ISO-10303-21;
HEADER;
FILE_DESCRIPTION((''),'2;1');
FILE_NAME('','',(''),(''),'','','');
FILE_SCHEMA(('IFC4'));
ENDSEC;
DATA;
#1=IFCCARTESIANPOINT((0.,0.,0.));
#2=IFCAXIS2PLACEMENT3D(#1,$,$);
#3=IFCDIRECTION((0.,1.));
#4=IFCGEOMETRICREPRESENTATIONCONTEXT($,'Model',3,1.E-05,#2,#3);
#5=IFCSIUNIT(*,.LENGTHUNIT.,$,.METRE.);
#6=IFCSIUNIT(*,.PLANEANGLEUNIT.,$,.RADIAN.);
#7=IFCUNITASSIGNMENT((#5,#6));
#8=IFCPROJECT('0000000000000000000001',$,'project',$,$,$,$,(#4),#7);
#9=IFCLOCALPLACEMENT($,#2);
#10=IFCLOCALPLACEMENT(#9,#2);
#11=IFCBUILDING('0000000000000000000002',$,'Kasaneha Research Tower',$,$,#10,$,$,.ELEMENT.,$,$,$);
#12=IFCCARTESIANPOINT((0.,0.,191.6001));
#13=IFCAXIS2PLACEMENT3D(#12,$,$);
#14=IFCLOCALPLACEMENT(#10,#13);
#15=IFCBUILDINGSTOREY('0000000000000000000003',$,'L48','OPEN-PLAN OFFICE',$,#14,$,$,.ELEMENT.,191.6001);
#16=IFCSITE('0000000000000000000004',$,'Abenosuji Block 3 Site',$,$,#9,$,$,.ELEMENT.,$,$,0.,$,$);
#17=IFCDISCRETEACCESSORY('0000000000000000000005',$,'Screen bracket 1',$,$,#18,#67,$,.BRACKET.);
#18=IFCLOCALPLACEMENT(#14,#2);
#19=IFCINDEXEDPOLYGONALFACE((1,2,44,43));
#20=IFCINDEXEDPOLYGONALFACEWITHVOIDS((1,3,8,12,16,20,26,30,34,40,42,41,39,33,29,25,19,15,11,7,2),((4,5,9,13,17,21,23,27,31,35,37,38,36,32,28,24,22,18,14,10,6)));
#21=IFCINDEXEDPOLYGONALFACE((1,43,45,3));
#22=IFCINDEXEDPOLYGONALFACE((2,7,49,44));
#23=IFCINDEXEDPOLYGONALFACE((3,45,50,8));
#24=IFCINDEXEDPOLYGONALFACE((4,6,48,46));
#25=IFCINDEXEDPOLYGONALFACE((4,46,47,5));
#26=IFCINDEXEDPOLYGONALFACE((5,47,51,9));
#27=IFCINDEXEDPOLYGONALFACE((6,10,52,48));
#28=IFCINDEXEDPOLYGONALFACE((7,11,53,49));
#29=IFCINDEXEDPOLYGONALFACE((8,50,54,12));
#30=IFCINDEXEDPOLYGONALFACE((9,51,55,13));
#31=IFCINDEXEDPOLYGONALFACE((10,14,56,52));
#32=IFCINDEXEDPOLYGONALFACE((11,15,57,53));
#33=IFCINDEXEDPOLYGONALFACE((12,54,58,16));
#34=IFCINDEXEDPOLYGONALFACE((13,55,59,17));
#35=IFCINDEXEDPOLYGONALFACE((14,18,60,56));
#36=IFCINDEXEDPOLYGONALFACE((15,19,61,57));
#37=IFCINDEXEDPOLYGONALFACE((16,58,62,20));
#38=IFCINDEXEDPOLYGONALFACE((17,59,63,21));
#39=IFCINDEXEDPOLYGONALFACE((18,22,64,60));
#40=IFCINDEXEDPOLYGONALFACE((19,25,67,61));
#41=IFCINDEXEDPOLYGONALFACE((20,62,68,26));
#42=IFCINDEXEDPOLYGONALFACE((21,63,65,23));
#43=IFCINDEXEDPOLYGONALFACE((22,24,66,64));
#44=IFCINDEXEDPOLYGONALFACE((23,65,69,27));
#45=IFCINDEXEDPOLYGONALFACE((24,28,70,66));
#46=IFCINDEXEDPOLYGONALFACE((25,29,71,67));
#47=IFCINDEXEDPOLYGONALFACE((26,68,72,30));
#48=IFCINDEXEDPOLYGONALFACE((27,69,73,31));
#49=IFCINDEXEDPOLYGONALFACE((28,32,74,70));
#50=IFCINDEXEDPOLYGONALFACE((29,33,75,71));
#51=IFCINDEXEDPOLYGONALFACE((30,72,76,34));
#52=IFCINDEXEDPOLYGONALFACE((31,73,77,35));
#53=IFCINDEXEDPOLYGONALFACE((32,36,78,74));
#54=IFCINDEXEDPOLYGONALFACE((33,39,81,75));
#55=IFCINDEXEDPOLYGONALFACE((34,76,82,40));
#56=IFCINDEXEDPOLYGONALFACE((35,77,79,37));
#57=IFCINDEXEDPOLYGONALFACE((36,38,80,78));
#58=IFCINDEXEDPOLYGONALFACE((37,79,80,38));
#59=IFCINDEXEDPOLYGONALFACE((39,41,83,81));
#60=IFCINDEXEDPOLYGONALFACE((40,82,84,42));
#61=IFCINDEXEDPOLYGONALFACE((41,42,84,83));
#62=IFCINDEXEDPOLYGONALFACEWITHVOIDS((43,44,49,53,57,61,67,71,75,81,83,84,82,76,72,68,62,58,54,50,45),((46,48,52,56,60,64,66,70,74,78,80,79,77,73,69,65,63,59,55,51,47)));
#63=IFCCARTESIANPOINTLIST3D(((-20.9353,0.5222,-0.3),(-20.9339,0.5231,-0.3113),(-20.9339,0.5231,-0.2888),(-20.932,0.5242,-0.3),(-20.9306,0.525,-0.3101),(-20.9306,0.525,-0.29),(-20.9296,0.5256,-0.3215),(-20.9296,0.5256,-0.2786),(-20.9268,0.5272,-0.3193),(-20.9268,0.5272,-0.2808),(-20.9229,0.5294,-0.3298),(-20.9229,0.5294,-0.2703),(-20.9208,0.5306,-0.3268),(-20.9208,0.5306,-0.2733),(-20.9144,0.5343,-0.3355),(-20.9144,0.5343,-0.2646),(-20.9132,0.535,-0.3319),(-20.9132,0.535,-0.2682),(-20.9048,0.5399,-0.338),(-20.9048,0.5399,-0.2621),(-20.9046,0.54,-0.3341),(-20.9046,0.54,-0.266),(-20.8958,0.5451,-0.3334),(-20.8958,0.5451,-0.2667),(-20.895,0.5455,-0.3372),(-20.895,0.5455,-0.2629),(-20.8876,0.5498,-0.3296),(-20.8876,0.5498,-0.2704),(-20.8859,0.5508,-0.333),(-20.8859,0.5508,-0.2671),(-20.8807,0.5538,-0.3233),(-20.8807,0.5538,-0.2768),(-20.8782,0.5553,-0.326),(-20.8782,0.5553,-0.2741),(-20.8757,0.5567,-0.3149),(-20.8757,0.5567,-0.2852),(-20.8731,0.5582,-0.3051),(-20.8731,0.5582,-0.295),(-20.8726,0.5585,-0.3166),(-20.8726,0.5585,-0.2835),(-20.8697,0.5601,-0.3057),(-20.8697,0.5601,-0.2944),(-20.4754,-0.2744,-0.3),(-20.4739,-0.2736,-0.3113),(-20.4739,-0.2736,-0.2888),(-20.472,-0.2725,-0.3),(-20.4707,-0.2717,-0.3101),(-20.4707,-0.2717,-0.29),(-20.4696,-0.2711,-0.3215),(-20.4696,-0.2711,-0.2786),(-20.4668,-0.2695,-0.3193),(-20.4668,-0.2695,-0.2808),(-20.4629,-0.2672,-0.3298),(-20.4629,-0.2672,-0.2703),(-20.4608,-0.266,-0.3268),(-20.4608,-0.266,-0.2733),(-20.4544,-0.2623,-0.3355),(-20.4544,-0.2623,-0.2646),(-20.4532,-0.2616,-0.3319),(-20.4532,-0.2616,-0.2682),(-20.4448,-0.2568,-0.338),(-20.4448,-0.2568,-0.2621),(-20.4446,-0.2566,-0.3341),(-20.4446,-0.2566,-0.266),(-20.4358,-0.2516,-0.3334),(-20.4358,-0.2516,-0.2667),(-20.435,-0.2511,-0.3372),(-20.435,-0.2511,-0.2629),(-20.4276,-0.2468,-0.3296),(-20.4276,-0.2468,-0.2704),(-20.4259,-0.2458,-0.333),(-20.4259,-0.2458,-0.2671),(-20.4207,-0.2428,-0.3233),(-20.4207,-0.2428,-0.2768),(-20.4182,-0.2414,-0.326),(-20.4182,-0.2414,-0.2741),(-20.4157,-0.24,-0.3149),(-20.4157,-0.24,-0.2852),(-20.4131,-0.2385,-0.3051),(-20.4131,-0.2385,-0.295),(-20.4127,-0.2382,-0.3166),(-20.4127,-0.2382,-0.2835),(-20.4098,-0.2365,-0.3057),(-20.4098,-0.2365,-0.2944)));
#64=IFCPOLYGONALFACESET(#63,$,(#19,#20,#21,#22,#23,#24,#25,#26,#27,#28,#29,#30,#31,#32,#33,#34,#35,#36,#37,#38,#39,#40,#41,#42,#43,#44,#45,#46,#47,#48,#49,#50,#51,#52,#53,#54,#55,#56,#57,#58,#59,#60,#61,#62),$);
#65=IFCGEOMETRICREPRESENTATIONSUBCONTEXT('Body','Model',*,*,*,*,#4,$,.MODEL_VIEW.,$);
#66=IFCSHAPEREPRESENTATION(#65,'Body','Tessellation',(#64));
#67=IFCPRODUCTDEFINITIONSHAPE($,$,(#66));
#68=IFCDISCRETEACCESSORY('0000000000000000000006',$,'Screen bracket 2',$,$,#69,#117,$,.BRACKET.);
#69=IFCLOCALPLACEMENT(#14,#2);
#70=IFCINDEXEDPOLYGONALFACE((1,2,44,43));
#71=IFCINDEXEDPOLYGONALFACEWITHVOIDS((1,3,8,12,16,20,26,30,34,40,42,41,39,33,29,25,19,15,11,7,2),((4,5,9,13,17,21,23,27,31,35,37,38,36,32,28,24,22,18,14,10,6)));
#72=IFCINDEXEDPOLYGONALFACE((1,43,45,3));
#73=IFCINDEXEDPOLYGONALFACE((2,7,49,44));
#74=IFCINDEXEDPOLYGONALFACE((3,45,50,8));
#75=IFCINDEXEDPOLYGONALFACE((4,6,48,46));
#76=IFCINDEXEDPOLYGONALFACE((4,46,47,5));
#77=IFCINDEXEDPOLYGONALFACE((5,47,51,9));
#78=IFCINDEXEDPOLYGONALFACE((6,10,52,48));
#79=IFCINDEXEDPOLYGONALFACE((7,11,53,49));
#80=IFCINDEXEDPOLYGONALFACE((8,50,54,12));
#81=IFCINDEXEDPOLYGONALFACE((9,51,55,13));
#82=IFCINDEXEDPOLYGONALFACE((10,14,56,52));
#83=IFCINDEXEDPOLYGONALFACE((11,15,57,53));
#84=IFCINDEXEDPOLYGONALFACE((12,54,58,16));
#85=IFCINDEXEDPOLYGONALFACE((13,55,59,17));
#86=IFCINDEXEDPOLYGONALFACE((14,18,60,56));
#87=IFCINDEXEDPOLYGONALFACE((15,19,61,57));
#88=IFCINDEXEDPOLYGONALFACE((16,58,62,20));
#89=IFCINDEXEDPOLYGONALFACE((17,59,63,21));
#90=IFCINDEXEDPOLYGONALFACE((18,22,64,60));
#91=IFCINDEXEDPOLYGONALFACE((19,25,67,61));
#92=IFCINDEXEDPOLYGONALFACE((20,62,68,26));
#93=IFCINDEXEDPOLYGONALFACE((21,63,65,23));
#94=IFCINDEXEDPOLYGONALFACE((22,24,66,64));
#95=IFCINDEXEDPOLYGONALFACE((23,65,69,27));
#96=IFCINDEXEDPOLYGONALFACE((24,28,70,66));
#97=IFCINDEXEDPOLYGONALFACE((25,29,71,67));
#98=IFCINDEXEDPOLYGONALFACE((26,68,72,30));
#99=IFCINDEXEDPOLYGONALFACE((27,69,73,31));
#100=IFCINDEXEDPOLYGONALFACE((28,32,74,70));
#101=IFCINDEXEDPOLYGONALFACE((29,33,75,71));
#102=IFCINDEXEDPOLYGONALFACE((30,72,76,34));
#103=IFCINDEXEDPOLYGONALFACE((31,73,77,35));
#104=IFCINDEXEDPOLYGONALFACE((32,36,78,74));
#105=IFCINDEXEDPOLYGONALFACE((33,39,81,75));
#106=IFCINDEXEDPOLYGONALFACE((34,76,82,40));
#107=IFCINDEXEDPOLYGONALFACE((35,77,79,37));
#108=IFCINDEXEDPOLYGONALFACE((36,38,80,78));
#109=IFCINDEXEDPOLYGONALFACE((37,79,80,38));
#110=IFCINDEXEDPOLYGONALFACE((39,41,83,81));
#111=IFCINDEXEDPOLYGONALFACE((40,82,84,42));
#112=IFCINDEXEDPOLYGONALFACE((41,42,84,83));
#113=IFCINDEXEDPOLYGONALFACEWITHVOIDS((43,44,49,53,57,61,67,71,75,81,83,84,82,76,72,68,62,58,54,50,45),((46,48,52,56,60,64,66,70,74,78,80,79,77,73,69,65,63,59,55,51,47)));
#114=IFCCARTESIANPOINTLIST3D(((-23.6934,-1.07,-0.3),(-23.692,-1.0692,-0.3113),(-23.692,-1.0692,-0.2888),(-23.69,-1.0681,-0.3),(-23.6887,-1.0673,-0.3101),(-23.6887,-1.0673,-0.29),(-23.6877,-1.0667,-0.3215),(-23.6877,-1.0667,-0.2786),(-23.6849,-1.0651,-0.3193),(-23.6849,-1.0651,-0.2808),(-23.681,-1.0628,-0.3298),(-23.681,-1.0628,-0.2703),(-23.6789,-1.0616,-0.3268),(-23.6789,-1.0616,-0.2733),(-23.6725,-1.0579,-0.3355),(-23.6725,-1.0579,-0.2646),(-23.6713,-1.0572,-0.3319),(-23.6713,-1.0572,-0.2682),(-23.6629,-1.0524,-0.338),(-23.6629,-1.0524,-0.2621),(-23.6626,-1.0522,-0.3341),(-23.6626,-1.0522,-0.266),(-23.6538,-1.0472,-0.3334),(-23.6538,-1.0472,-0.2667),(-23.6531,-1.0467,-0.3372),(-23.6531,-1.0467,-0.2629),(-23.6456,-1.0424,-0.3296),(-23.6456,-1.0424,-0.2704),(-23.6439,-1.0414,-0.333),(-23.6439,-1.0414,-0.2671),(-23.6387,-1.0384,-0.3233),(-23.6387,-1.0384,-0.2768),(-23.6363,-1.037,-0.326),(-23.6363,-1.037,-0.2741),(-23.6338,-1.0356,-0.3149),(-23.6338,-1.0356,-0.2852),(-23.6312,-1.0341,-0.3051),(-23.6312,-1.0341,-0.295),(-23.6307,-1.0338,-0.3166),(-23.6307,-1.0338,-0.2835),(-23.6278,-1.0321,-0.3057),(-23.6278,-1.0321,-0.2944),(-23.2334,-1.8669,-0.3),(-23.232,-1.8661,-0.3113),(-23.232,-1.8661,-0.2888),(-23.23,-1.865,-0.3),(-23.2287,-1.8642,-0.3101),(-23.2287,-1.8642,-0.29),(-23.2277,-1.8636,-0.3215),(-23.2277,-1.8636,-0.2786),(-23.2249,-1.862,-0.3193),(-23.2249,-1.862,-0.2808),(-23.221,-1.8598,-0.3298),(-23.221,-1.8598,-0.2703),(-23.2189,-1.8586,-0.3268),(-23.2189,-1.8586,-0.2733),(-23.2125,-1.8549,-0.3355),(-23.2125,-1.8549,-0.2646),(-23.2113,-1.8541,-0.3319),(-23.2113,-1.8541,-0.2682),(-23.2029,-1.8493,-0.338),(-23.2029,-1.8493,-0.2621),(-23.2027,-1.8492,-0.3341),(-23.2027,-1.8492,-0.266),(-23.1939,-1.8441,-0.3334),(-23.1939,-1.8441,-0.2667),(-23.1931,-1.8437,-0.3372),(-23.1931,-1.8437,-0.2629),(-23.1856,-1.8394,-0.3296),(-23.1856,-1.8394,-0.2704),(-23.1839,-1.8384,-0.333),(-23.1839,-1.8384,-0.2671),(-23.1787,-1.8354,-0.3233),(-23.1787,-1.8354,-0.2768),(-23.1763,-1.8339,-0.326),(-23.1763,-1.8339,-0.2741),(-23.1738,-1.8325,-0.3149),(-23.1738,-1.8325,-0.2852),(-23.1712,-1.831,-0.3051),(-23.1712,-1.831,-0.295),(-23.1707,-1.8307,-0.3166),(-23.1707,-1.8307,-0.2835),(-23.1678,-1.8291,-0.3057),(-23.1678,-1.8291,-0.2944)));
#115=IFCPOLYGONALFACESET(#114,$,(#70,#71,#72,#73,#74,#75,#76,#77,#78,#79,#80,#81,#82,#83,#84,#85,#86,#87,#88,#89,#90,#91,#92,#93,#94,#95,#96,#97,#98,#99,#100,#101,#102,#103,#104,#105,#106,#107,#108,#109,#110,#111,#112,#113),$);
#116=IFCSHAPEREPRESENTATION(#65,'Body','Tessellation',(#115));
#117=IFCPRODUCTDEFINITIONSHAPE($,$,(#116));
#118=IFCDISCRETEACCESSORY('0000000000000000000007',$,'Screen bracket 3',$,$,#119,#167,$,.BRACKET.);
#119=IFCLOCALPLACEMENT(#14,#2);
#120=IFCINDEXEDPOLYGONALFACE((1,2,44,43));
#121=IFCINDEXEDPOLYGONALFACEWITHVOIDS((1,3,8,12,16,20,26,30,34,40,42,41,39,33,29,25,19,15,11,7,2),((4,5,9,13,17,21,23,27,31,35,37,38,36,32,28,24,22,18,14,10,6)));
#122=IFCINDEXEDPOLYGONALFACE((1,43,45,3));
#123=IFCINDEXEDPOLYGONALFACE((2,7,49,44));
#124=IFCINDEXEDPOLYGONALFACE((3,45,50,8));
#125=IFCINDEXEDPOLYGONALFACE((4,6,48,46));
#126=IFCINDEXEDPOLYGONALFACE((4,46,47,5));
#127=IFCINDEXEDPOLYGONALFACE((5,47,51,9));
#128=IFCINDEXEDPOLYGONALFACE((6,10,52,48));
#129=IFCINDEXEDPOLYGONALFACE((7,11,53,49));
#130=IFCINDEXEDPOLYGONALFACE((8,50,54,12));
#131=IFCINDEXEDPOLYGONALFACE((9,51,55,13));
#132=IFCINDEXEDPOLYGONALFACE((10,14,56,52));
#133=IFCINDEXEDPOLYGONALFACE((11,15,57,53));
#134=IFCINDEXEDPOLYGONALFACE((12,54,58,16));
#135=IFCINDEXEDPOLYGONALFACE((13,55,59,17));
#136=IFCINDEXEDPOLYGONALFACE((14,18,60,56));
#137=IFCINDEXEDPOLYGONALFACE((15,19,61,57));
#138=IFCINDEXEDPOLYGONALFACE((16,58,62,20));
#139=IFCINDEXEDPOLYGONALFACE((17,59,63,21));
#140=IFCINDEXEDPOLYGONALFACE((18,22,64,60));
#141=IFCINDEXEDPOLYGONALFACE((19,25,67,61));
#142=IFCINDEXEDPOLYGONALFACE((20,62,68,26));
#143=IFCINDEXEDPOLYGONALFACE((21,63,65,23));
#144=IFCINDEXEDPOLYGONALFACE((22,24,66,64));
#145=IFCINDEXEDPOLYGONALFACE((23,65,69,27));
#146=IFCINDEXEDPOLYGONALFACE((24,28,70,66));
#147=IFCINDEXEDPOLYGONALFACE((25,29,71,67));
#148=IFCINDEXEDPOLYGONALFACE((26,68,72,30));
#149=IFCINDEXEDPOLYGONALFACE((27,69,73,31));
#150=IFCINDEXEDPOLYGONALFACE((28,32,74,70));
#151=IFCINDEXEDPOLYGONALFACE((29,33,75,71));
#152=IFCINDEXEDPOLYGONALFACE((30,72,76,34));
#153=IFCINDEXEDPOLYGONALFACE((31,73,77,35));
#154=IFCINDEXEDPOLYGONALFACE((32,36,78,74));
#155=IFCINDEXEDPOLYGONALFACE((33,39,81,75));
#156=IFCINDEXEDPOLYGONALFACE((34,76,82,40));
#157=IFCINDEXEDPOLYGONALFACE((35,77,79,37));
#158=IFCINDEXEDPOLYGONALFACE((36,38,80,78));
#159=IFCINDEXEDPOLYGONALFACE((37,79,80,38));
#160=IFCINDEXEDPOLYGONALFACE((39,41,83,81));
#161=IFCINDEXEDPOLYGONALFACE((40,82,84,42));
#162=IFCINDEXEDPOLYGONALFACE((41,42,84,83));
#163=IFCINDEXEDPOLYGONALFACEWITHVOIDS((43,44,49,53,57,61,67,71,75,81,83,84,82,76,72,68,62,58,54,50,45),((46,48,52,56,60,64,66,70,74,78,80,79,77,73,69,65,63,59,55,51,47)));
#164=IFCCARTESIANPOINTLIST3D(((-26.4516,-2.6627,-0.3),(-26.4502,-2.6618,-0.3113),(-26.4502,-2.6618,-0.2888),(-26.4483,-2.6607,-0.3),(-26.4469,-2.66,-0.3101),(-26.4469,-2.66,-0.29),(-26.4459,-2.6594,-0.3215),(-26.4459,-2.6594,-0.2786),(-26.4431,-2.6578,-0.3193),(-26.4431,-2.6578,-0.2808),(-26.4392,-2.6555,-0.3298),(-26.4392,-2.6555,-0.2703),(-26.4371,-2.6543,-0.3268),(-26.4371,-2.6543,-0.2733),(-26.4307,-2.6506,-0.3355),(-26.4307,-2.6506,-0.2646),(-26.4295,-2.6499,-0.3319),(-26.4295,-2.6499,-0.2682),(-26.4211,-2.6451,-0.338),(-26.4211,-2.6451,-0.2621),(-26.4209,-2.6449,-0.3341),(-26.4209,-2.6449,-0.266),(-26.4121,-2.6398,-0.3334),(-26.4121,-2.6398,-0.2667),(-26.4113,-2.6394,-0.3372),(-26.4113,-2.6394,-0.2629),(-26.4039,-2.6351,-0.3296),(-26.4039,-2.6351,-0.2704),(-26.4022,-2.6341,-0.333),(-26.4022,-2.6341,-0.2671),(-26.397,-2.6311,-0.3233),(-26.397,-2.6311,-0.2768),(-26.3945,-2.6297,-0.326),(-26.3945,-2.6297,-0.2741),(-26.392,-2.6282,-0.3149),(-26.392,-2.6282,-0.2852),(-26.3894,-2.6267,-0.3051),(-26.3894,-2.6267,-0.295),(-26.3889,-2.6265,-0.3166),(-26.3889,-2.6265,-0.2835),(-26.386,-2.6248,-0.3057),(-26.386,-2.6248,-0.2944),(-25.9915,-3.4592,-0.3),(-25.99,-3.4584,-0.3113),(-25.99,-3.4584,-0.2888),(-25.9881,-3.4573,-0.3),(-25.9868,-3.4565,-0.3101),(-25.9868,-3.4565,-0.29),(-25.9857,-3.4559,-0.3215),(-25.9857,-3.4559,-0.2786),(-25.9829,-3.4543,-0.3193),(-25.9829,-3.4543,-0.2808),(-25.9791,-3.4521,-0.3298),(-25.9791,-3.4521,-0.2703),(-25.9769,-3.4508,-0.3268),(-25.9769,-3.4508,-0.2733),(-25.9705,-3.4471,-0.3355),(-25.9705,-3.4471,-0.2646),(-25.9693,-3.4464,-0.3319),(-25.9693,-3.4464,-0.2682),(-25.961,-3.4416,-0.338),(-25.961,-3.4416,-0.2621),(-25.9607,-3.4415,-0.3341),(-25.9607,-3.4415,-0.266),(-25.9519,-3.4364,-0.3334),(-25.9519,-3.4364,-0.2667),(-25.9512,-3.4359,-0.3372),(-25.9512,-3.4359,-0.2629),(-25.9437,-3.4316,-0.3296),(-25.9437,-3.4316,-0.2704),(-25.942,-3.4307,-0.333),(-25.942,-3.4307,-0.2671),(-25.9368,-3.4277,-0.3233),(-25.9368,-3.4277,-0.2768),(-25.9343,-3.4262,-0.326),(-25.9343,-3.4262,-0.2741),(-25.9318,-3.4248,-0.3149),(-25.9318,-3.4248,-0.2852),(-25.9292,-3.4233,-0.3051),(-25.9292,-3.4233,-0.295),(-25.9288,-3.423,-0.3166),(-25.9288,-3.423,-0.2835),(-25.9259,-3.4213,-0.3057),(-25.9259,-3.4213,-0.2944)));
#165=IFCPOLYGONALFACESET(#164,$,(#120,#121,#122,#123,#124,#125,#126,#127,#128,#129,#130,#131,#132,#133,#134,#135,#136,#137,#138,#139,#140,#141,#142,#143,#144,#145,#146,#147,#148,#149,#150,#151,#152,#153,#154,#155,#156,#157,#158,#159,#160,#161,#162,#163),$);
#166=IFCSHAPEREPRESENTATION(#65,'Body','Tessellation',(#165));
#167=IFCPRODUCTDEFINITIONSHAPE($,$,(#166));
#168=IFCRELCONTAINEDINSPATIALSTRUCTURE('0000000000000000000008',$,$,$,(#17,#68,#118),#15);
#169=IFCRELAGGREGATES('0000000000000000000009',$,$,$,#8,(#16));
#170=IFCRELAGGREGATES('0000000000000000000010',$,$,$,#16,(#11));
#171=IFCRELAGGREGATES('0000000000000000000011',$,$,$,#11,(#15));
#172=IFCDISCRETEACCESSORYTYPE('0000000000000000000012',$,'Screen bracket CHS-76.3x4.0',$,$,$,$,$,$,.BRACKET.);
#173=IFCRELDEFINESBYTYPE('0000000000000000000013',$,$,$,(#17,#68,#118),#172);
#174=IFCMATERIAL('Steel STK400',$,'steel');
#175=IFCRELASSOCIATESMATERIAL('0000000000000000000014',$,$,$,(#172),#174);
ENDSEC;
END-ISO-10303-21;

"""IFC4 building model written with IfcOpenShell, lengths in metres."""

from ifc_helpers import new_model, si_unit, direction, frame, origin, origin_2d, place, context, subcontext, project, spatial, hollow_circle, extrude, material, material_profile, profile_set, type_object, element, save


model = new_model("IFC4")

# Units and contexts
model_context = context("Model", 3, precision=1e-05, world=origin(), true_north=direction((0.0, 1.0)))
body_context = subcontext(model_context, "Body", "Model", "MODEL_VIEW")
ifc_project = project(units=[si_unit("LENGTHUNIT", "METRE"), si_unit("PLANEANGLEUNIT", "RADIAN")], contexts=[model_context])

# Site, building, storey
site_placement = place(None, origin())
site = spatial("IfcSite", under=ifc_project, at=site_placement, Name="Abenosuji Block 3 Site", CompositionType="ELEMENT", RefElevation=0.0)
building_placement = place(site_placement, origin())
building = spatial("IfcBuilding", under=site, at=building_placement, Name="Kasaneha Research Tower", CompositionType="ELEMENT")
storey_placement = place(building_placement, frame((0.0, 0.0, 191.6001)))
storey = spatial("IfcBuildingStorey", under=building, at=storey_placement, Name="L48", Description="OPEN-PLAN OFFICE", CompositionType="ELEMENT", Elevation=191.6001)

# Discrete accessories
ifc_material_1 = material(Name="Steel STK400", Category="steel")
ifc_material_profile_1 = material_profile(ifc_material_1, hollow_circle(Radius=0.0381, WallThickness=0.0039, at=origin_2d()), Name="CHS-76.3x4.0")
ifc_profile_set_1 = profile_set([ifc_material_profile_1], Name="Steel STK400")
discrete_accessory_type = type_object("IfcDiscreteAccessoryType", Name="Screen bracket CHS-76.3x4.0", PredefinedType="BRACKET", material=ifc_profile_set_1)
for number, where, z_axis, x_axis, name in (
    (1, (-20.4424, -0.2554, -0.3), (-0.500021, 0.866013, 0.0), (-0.866013, -0.500021, 0.0), "Screen bracket 1"),
):
    element("IfcDiscreteAccessory", number, at=place(storey_placement, frame(where, z_axis=z_axis, x_axis=x_axis)), inside=storey, type_object=discrete_accessory_type, Name=name, PredefinedType="BRACKET", context=body_context, shape_type="SweptSolid", body=[
        extrude(hollow_circle(Radius=0.0381, WallThickness=0.0039, at=origin_2d()), origin(), (0.0, 0.0, 1.0), 0.9199),
    ])
discrete_accessory_1_placement = place(storey_placement, frame((-23.2004, -1.8479, -0.3), z_axis=(-0.499906, 0.86608, 0.0), x_axis=(-0.86608, -0.499906, 0.0)))
element("IfcDiscreteAccessory", 2, at=discrete_accessory_1_placement, inside=storey, type_object=discrete_accessory_type, Name="Screen bracket 2", PredefinedType="BRACKET", context=body_context, shape_type="SweptSolid", body=[
    extrude(hollow_circle(Radius=0.0381, WallThickness=0.0039, at=origin_2d()), origin(), (0.0, 0.0, 1.0), 0.9202),
])
discrete_accessory_2_placement = place(storey_placement, frame((-25.9585, -3.4402, -0.3), z_axis=(-0.50022, 0.865898, 0.0), x_axis=(-0.865898, -0.50022, 0.0)))
element("IfcDiscreteAccessory", 3, at=discrete_accessory_2_placement, inside=storey, type_object=discrete_accessory_type, Name="Screen bracket 3", PredefinedType="BRACKET", context=body_context, shape_type="SweptSolid", body=[
    extrude(hollow_circle(Radius=0.0381, WallThickness=0.0039, at=origin_2d()), origin(), (0.0, 0.0, 1.0), 0.9199),
])

save(model, "model.ifc")
